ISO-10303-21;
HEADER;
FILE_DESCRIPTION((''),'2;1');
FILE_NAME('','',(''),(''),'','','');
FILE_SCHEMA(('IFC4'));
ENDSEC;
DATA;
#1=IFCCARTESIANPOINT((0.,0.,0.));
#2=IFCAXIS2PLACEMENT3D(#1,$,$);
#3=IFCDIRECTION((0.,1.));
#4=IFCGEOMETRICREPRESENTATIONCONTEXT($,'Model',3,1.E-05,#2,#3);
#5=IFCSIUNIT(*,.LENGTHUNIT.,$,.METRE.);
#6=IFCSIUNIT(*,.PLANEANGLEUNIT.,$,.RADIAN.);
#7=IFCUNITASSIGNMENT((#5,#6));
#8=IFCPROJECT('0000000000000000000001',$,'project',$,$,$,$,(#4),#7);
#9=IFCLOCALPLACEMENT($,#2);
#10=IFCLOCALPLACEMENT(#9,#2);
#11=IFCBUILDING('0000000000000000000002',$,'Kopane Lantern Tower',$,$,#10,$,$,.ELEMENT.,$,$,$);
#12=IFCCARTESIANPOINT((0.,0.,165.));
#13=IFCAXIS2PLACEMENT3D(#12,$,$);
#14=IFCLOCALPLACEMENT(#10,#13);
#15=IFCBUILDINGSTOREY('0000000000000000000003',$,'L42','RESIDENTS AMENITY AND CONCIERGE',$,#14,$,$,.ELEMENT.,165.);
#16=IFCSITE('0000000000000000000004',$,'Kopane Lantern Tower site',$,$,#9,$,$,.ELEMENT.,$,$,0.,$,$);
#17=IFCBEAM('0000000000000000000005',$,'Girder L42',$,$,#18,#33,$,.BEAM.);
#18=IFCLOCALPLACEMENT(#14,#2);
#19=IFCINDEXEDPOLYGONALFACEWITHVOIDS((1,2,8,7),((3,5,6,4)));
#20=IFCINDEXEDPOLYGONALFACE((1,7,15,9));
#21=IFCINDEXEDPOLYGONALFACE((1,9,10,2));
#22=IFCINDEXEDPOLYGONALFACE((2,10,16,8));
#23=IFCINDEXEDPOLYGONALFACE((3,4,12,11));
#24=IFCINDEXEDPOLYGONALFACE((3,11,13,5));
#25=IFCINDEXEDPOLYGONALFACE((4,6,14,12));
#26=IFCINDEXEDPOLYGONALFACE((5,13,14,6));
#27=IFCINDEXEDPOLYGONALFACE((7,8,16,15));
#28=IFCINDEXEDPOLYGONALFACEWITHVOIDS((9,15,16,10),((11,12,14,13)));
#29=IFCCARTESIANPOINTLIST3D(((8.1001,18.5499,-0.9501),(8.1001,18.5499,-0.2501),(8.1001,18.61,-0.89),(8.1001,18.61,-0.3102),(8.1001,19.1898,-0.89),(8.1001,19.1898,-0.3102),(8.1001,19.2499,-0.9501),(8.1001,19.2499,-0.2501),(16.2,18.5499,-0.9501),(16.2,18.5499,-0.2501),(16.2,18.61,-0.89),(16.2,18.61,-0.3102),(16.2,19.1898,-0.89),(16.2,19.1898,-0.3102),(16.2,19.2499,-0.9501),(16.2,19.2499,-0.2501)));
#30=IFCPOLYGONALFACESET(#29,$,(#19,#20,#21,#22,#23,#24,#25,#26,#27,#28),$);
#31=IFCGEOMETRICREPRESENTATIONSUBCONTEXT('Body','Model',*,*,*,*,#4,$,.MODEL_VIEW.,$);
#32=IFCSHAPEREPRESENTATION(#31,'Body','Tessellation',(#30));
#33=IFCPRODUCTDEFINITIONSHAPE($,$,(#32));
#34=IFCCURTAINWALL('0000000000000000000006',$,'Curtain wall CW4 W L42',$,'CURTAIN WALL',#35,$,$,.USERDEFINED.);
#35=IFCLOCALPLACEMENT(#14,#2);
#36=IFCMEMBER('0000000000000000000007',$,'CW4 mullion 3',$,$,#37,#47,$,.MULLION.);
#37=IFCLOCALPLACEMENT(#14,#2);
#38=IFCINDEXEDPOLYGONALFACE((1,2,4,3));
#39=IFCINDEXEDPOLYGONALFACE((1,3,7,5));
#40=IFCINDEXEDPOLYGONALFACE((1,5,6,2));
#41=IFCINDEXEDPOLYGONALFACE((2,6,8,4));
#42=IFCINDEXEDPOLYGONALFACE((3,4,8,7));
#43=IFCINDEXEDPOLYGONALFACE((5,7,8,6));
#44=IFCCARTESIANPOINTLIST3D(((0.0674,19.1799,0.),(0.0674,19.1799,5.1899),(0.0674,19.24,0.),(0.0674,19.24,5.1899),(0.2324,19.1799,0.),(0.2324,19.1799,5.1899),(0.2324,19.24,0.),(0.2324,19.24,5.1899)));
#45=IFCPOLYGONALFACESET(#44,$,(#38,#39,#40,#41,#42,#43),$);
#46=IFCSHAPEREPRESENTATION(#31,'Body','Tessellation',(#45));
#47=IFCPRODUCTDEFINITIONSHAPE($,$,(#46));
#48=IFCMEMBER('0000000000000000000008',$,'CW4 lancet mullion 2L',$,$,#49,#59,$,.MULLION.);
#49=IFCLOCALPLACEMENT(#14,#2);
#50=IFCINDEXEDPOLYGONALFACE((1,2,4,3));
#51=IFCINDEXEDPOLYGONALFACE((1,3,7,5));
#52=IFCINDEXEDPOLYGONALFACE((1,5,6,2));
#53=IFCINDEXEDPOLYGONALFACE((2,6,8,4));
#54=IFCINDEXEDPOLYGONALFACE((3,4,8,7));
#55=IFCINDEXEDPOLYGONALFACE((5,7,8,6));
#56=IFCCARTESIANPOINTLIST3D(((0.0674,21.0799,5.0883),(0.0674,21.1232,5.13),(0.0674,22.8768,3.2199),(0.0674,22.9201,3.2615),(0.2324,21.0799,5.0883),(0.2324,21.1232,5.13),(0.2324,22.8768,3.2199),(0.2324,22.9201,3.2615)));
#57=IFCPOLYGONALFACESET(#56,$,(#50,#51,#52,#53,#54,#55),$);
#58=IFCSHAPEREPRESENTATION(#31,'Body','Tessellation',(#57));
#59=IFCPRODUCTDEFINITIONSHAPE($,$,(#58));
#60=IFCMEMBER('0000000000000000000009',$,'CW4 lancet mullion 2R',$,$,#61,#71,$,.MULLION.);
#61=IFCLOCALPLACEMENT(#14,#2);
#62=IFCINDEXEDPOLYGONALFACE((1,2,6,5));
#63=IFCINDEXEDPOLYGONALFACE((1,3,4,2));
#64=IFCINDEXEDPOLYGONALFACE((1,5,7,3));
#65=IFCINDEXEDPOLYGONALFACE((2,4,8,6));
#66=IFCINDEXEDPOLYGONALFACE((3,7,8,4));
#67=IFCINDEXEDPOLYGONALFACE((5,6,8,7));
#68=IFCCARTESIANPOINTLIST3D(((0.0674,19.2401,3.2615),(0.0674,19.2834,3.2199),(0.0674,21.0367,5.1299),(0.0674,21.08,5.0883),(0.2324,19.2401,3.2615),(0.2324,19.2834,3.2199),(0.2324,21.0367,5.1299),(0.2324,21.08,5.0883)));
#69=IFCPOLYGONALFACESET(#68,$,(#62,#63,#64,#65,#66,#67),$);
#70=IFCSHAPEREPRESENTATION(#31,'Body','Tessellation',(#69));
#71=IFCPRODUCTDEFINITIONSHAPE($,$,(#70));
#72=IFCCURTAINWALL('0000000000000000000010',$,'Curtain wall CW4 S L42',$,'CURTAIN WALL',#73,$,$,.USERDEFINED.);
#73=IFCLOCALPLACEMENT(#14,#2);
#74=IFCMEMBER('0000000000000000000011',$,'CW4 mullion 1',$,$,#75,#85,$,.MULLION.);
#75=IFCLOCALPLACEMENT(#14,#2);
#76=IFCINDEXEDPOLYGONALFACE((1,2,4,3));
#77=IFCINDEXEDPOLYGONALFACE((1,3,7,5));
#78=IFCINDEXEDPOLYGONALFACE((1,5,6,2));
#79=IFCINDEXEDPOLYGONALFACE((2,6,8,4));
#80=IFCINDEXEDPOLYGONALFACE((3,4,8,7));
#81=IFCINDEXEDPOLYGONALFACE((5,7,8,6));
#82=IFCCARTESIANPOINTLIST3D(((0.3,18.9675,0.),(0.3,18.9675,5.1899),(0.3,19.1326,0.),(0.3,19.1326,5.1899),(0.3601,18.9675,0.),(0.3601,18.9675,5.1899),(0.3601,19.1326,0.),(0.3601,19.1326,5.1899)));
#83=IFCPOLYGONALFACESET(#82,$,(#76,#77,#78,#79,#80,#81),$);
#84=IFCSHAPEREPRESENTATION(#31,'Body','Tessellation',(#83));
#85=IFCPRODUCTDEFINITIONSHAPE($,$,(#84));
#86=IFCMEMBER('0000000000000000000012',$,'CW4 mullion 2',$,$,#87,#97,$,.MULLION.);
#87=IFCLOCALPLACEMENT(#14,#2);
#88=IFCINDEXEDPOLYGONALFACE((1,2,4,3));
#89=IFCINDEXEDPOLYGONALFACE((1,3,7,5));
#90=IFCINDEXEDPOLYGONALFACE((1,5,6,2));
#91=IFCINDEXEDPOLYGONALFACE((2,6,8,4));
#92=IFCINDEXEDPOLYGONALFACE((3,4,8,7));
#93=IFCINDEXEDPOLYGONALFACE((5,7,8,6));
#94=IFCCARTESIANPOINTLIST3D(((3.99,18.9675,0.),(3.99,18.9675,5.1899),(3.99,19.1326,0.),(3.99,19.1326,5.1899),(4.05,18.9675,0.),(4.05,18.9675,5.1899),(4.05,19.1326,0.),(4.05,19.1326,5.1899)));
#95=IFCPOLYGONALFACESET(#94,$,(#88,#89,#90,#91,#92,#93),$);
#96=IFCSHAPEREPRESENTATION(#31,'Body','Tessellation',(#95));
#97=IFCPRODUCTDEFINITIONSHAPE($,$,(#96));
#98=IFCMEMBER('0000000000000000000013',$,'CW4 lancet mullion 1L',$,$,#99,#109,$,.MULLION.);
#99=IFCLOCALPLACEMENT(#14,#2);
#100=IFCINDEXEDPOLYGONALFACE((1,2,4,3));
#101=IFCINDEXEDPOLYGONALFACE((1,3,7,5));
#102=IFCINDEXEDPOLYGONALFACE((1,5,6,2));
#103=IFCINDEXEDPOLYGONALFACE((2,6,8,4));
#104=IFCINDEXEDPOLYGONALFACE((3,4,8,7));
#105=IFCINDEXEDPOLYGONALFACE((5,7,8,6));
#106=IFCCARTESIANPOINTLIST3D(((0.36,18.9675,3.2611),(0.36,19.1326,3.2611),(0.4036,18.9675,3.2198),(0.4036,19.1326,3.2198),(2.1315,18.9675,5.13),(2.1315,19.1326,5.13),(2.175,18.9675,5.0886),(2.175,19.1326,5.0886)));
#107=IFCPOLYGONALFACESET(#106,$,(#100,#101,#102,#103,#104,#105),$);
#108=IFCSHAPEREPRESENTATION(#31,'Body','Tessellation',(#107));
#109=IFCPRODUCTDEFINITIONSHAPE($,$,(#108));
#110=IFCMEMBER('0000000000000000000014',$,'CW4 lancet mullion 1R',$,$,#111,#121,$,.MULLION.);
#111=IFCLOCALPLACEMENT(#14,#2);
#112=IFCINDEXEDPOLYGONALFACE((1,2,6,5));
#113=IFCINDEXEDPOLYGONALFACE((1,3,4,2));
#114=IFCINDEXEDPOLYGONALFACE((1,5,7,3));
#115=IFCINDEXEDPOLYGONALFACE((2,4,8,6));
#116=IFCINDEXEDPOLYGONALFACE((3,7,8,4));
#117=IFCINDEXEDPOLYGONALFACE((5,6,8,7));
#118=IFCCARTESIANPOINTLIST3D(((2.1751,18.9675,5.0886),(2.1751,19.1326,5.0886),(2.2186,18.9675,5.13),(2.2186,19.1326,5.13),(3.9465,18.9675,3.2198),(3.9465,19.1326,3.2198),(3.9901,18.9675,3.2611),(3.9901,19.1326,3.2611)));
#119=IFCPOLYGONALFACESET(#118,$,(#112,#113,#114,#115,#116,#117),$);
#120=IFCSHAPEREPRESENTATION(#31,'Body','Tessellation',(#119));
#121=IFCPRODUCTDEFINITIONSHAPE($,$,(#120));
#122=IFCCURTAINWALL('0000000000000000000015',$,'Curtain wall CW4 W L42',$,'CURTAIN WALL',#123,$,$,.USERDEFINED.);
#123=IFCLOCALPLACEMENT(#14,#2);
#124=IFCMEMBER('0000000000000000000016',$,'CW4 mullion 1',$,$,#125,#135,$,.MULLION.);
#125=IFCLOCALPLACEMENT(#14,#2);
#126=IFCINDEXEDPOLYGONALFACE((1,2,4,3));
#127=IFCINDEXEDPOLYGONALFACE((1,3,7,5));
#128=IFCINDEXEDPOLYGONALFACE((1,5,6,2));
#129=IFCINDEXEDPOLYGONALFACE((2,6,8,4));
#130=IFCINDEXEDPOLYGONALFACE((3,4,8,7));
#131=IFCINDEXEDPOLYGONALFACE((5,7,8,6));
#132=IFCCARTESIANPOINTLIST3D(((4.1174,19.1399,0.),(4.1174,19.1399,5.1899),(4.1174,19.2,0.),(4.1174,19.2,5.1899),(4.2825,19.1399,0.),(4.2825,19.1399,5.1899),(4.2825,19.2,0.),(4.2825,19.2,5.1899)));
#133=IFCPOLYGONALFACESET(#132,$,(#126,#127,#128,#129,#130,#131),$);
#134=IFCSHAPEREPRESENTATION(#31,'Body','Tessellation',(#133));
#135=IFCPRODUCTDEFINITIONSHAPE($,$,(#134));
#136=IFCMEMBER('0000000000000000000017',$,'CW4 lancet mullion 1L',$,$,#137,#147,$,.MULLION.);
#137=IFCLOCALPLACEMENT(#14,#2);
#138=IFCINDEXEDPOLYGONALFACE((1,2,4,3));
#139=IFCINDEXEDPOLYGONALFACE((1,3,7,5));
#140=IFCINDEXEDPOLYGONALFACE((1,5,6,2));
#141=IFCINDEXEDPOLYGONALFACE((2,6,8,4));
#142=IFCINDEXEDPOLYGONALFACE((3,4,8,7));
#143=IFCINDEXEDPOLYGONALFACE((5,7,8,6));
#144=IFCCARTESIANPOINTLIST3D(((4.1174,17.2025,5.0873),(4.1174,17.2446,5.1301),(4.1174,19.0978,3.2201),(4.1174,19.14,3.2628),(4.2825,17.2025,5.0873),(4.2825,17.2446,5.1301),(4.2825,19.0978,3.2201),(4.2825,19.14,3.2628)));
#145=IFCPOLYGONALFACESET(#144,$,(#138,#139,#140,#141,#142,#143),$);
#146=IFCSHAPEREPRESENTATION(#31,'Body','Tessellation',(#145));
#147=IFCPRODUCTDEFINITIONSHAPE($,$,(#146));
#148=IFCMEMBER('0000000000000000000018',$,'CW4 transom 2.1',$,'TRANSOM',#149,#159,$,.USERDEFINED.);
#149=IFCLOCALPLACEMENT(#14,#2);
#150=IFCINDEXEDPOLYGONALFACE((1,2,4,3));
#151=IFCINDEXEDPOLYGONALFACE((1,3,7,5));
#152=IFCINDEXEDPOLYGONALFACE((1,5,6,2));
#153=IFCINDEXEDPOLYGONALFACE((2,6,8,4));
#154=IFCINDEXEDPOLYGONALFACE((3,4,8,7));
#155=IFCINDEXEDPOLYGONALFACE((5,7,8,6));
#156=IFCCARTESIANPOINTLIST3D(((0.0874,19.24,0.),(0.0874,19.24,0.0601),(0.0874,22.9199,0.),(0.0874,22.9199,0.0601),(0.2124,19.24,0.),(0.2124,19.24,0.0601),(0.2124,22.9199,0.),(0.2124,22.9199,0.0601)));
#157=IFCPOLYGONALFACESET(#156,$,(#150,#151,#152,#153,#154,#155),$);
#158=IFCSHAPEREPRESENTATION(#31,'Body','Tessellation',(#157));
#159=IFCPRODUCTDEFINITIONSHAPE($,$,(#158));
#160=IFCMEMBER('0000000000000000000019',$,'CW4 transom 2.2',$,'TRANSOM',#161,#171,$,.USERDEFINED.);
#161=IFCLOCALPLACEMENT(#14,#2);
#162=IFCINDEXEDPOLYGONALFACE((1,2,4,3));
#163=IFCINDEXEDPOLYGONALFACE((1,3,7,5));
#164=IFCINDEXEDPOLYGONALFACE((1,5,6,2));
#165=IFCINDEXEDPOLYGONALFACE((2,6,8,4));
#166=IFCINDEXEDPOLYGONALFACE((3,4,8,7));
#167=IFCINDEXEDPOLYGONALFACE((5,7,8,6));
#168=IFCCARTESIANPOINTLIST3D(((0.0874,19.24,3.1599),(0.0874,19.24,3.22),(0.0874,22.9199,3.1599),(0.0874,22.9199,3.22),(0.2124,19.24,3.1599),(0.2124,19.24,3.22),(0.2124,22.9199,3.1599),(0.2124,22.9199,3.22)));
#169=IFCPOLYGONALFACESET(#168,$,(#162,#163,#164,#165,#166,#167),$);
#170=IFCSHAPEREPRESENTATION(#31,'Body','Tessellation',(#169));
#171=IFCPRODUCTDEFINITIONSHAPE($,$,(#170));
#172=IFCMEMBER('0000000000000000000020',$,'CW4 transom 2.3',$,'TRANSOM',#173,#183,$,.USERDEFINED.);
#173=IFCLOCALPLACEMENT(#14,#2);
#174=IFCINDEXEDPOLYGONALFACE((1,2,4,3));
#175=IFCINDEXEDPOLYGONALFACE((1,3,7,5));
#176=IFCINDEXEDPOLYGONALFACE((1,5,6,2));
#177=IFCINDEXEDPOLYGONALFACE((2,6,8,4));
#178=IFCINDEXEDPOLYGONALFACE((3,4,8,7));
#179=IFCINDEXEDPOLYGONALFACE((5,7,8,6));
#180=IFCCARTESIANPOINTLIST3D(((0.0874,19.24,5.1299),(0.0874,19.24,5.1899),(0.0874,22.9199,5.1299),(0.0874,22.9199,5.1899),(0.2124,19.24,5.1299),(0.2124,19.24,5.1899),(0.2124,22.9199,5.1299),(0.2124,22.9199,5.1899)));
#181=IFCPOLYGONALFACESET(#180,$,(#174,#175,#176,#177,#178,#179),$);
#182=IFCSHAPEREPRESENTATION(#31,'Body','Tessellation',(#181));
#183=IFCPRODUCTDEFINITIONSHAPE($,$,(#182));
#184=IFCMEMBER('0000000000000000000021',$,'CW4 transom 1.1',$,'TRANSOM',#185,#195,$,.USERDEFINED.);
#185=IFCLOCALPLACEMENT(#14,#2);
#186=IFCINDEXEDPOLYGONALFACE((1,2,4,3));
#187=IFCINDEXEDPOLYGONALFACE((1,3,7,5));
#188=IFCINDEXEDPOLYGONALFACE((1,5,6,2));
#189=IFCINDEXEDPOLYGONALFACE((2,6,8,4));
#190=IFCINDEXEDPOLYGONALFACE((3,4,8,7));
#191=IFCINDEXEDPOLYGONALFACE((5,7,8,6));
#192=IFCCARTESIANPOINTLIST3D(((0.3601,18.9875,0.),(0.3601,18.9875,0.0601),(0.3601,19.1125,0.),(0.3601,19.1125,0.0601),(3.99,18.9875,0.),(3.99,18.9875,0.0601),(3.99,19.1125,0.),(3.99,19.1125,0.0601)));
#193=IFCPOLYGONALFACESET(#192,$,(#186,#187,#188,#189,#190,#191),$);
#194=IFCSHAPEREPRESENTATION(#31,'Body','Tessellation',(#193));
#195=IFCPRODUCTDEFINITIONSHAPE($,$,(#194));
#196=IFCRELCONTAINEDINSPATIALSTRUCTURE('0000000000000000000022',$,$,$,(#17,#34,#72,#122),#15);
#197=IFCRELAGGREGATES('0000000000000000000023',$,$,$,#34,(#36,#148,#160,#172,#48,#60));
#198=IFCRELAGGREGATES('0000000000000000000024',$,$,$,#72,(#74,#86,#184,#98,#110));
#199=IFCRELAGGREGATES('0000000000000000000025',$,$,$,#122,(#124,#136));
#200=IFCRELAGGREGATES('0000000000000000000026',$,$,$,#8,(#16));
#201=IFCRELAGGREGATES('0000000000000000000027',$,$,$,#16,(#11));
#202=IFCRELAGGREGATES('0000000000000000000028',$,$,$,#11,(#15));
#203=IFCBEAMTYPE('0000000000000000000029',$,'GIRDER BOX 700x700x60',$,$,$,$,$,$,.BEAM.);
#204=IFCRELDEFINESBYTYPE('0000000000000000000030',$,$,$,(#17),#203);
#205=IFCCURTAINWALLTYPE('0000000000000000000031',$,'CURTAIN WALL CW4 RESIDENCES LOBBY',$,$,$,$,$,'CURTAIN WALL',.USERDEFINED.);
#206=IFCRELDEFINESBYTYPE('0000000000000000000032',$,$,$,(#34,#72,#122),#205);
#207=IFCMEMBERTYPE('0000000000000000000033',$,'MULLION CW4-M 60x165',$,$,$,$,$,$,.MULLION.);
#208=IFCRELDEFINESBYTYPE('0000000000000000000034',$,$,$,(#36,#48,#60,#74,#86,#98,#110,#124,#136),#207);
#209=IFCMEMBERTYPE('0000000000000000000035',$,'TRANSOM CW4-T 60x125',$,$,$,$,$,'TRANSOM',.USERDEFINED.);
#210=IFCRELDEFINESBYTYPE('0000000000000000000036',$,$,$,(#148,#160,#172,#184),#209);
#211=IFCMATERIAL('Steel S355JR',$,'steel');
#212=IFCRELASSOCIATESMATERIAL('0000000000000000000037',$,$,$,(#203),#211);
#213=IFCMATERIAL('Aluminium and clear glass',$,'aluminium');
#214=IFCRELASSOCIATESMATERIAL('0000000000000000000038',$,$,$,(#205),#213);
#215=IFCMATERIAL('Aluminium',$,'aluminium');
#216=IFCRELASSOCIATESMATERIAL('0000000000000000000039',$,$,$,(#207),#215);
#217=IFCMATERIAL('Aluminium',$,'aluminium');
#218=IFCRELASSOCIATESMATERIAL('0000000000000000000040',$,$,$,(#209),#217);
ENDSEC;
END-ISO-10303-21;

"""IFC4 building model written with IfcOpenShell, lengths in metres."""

from ifc_helpers import new_model, si_unit, direction, frame, origin, origin_2d, place, context, subcontext, project, spatial, rectangle, hollow_rectangle, extrude, material, material_profile, profile_set, type_object, element, aggregate, save


model = new_model("IFC4")

# Units and contexts
model_context = context("Model", 3, precision=1e-05, world=origin(), true_north=direction((0.0, 1.0)))
body_context = subcontext(model_context, "Body", "Model", "MODEL_VIEW")
ifc_project = project(units=[si_unit("LENGTHUNIT", "METRE"), si_unit("PLANEANGLEUNIT", "RADIAN")], contexts=[model_context])

# Site, building, storey
site_placement = place(None, origin())
site = spatial("IfcSite", under=ifc_project, at=site_placement, Name="Kopane Lantern Tower site", CompositionType="ELEMENT", RefElevation=0.0)
building_placement = place(site_placement, origin())
building = spatial("IfcBuilding", under=site, at=building_placement, Name="Kopane Lantern Tower", CompositionType="ELEMENT")
storey_placement = place(building_placement, frame((0.0, 0.0, 165.0)))
storey = spatial("IfcBuildingStorey", under=building, at=storey_placement, Name="L42", Description="RESIDENTS AMENITY AND CONCIERGE", CompositionType="ELEMENT", Elevation=165.0)

# Beam
ifc_material_1 = material(Name="Steel S355JR", Category="steel")
ifc_material_profile_1 = material_profile(ifc_material_1, hollow_rectangle(XDim=0.7, YDim=0.7, WallThickness=0.0601, at=origin_2d()), Name="BOX 700x700x60")
ifc_profile_set_1 = profile_set([ifc_material_profile_1], Name="Steel S355JR")
beam_type = type_object("IfcBeamType", Name="GIRDER BOX 700x700x60", PredefinedType="BEAM", material=ifc_profile_set_1)
beam_placement = place(storey_placement, frame((8.1001, 18.8999, -0.6001), z_axis=(1.0, 0.0, 0.0), x_axis=(0.0, 1.0, 0.0)))
element("IfcBeam", 1, at=beam_placement, inside=storey, type_object=beam_type, Name="Girder L42", PredefinedType="BEAM", context=body_context, shape_type="SweptSolid", body=[
    extrude(hollow_rectangle(XDim=0.7, YDim=0.7, WallThickness=0.0601, at=origin_2d()), origin(), (0.0, 0.0, 1.0), 8.0999),
])

# Curtain walls, members
ifc_material_2 = material(Name="Aluminium and clear glass", Category="aluminium")
curtain_wall_type = type_object("IfcCurtainWallType", Name="CURTAIN WALL CW4 RESIDENCES LOBBY", ElementType="CURTAIN WALL", PredefinedType="USERDEFINED", material=ifc_material_2)
curtain_wall_1_placement = place(storey_placement, origin())
curtain_wall_1 = element("IfcCurtainWall", 2, at=curtain_wall_1_placement, inside=storey, type_object=curtain_wall_type, Name="Curtain wall CW4 W L42", ObjectType="CURTAIN WALL", PredefinedType="USERDEFINED")
ifc_material_3 = material(Name="Aluminium", Category="aluminium")
ifc_material_profile_2 = material_profile(ifc_material_3, rectangle(XDim=0.0601, YDim=0.165, at=origin_2d()), Name="AL 60x165")
ifc_profile_set_2 = profile_set([ifc_material_profile_2], Name="Aluminium")
member_type_1 = type_object("IfcMemberType", Name="MULLION CW4-M 60x165", PredefinedType="MULLION", material=ifc_profile_set_2)
member_1_placement = place(storey_placement, frame((0.1499, 19.21, 0.0), z_axis=(0.0, 0.0, 1.0), x_axis=(0.0, -1.0, 0.0)))
member_1 = element("IfcMember", 3, at=member_1_placement, type_object=member_type_1, Name="CW4 mullion 3", PredefinedType="MULLION", context=body_context, shape_type="SweptSolid", body=[
    extrude(rectangle(XDim=0.0601, YDim=0.165, at=origin_2d()), origin(), (0.0, 0.0, 1.0), 5.1899),
])
member_2_placement = place(storey_placement, frame((0.1499, 22.8984, 3.2407), z_axis=(0.0, -0.693175, 0.72077), x_axis=(0.0, 0.72077, 0.693175)))
member_2 = element("IfcMember", 4, at=member_2_placement, type_object=member_type_1, Name="CW4 lancet mullion 2L", PredefinedType="MULLION", context=body_context, shape_type="SweptSolid", body=[
    extrude(rectangle(XDim=0.0601, YDim=0.165, at=origin_2d()), origin(), (0.0, 0.0, 1.0), 2.5923),
])
member_3_placement = place(storey_placement, frame((0.1499, 19.2617, 3.2407), z_axis=(0.0, 0.693126, 0.720817), x_axis=(0.0, -0.720817, 0.693126)))
member_3 = element("IfcMember", 5, at=member_3_placement, type_object=member_type_1, Name="CW4 lancet mullion 2R", PredefinedType="MULLION", context=body_context, shape_type="SweptSolid", body=[
    extrude(rectangle(XDim=0.0601, YDim=0.165, at=origin_2d()), origin(), (0.0, 0.0, 1.0), 2.592),
])
curtain_wall_2_placement = place(storey_placement, origin())
curtain_wall_2 = element("IfcCurtainWall", 6, at=curtain_wall_2_placement, inside=storey, type_object=curtain_wall_type, Name="Curtain wall CW4 S L42", ObjectType="CURTAIN WALL", PredefinedType="USERDEFINED")
member_4_placement = place(storey_placement, frame((0.3301, 19.05, 0.0), z_axis=(0.0, 0.0, 1.0), x_axis=(1.0, 0.0, 0.0)))
member_4 = element("IfcMember", 7, at=member_4_placement, type_object=member_type_1, Name="CW4 mullion 1", PredefinedType="MULLION", context=body_context, shape_type="SweptSolid", body=[
    extrude(rectangle(XDim=0.0601, YDim=0.165, at=origin_2d()), origin(), (0.0, 0.0, 1.0), 5.1899),
])
member_5_placement = place(storey_placement, frame((4.02, 19.05, 0.0), z_axis=(0.0, 0.0, 1.0), x_axis=(1.0, 0.0, 0.0)))
member_5 = element("IfcMember", 8, at=member_5_placement, type_object=member_type_1, Name="CW4 mullion 2", PredefinedType="MULLION", context=body_context, shape_type="SweptSolid", body=[
    extrude(rectangle(XDim=0.0601, YDim=0.165, at=origin_2d()), origin(), (0.0, 0.0, 1.0), 5.1899),
])
member_6_placement = place(storey_placement, frame((0.3818, 19.05, 3.2405), z_axis=(0.687939, 0.0, 0.725768), x_axis=(-0.725768, 0.0, 0.687939)))
member_6 = element("IfcMember", 9, at=member_6_placement, type_object=member_type_1, Name="CW4 lancet mullion 1L", PredefinedType="MULLION", context=body_context, shape_type="SweptSolid", body=[
    extrude(rectangle(XDim=0.0601, YDim=0.165, at=origin_2d()), origin(), (0.0, 0.0, 1.0), 2.575),
])
member_7_placement = place(storey_placement, frame((3.9683, 19.05, 3.2405), z_axis=(-0.687939, 0.0, 0.725768), x_axis=(0.725768, 0.0, 0.687939)))
member_7 = element("IfcMember", 10, at=member_7_placement, type_object=member_type_1, Name="CW4 lancet mullion 1R", PredefinedType="MULLION", context=body_context, shape_type="SweptSolid", body=[
    extrude(rectangle(XDim=0.0601, YDim=0.165, at=origin_2d()), origin(), (0.0, 0.0, 1.0), 2.575),
])
curtain_wall_3_placement = place(storey_placement, origin())
curtain_wall_3 = element("IfcCurtainWall", 11, at=curtain_wall_3_placement, inside=storey, type_object=curtain_wall_type, Name="Curtain wall CW4 W L42", ObjectType="CURTAIN WALL", PredefinedType="USERDEFINED")
member_8_placement = place(storey_placement, frame((4.2, 19.1699, 0.0), z_axis=(0.0, 0.0, 1.0), x_axis=(0.0, -1.0, 0.0)))
member_8 = element("IfcMember", 12, at=member_8_placement, type_object=member_type_1, Name="CW4 mullion 1", PredefinedType="MULLION", context=body_context, shape_type="SweptSolid", body=[
    extrude(rectangle(XDim=0.0601, YDim=0.165, at=origin_2d()), origin(), (0.0, 0.0, 1.0), 5.1899),
])
member_9_placement = place(storey_placement, frame((4.2, 19.1189, 3.2415), z_axis=(0.0, -0.712364, 0.701811), x_axis=(0.0, 0.701811, 0.712364)))
member_9 = element("IfcMember", 13, at=member_9_placement, type_object=member_type_1, Name="CW4 lancet mullion 1L", PredefinedType="MULLION", context=body_context, shape_type="SweptSolid", body=[
    extrude(rectangle(XDim=0.0601, YDim=0.165, at=origin_2d()), origin(), (0.0, 0.0, 1.0), 2.6606),
])

# Members
ifc_material_4 = material(Name="Aluminium", Category="aluminium")
ifc_material_profile_3 = material_profile(ifc_material_4, rectangle(XDim=0.125, YDim=0.0601, at=origin_2d()), Name="AL 125x60")
ifc_profile_set_3 = profile_set([ifc_material_profile_3], Name="Aluminium")
member_type_2 = type_object("IfcMemberType", Name="TRANSOM CW4-T 60x125", ElementType="TRANSOM", PredefinedType="USERDEFINED", material=ifc_profile_set_3)
member_10_placement = place(storey_placement, frame((0.1499, 22.9199, 0.03), z_axis=(0.0, -1.0, 0.0), x_axis=(1.0, 0.0, 0.0)))
member_10 = element("IfcMember", 14, at=member_10_placement, type_object=member_type_2, Name="CW4 transom 2.1", ObjectType="TRANSOM", PredefinedType="USERDEFINED", context=body_context, shape_type="SweptSolid", body=[
    extrude(rectangle(XDim=0.125, YDim=0.0601, at=origin_2d()), origin(), (0.0, 0.0, 1.0), 3.6799),
])
member_11_placement = place(storey_placement, frame((0.1499, 22.9199, 3.1899), z_axis=(0.0, -1.0, 0.0), x_axis=(1.0, 0.0, 0.0)))
member_11 = element("IfcMember", 15, at=member_11_placement, type_object=member_type_2, Name="CW4 transom 2.2", ObjectType="TRANSOM", PredefinedType="USERDEFINED", context=body_context, shape_type="SweptSolid", body=[
    extrude(rectangle(XDim=0.125, YDim=0.0601, at=origin_2d()), origin(), (0.0, 0.0, 1.0), 3.6799),
])
member_12_placement = place(storey_placement, frame((0.1499, 22.9199, 5.1599), z_axis=(0.0, -1.0, 0.0), x_axis=(1.0, 0.0, 0.0)))
member_12 = element("IfcMember", 16, at=member_12_placement, type_object=member_type_2, Name="CW4 transom 2.3", ObjectType="TRANSOM", PredefinedType="USERDEFINED", context=body_context, shape_type="SweptSolid", body=[
    extrude(rectangle(XDim=0.125, YDim=0.0601, at=origin_2d()), origin(), (0.0, 0.0, 1.0), 3.6799),
])
member_13_placement = place(storey_placement, frame((0.3601, 19.05, 0.03), z_axis=(1.0, 0.0, 0.0), x_axis=(0.0, 1.0, 0.0)))
member_13 = element("IfcMember", 17, at=member_13_placement, type_object=member_type_2, Name="CW4 transom 1.1", ObjectType="TRANSOM", PredefinedType="USERDEFINED", context=body_context, shape_type="SweptSolid", body=[
    extrude(rectangle(XDim=0.125, YDim=0.0601, at=origin_2d()), origin(), (0.0, 0.0, 1.0), 3.6299),
])

aggregate(curtain_wall_1, [member_1, member_10, member_11, member_12, member_2, member_3])
aggregate(curtain_wall_2, [member_4, member_5, member_13, member_6, member_7])
aggregate(curtain_wall_3, [member_8, member_9])

save(model, "model.ifc")
